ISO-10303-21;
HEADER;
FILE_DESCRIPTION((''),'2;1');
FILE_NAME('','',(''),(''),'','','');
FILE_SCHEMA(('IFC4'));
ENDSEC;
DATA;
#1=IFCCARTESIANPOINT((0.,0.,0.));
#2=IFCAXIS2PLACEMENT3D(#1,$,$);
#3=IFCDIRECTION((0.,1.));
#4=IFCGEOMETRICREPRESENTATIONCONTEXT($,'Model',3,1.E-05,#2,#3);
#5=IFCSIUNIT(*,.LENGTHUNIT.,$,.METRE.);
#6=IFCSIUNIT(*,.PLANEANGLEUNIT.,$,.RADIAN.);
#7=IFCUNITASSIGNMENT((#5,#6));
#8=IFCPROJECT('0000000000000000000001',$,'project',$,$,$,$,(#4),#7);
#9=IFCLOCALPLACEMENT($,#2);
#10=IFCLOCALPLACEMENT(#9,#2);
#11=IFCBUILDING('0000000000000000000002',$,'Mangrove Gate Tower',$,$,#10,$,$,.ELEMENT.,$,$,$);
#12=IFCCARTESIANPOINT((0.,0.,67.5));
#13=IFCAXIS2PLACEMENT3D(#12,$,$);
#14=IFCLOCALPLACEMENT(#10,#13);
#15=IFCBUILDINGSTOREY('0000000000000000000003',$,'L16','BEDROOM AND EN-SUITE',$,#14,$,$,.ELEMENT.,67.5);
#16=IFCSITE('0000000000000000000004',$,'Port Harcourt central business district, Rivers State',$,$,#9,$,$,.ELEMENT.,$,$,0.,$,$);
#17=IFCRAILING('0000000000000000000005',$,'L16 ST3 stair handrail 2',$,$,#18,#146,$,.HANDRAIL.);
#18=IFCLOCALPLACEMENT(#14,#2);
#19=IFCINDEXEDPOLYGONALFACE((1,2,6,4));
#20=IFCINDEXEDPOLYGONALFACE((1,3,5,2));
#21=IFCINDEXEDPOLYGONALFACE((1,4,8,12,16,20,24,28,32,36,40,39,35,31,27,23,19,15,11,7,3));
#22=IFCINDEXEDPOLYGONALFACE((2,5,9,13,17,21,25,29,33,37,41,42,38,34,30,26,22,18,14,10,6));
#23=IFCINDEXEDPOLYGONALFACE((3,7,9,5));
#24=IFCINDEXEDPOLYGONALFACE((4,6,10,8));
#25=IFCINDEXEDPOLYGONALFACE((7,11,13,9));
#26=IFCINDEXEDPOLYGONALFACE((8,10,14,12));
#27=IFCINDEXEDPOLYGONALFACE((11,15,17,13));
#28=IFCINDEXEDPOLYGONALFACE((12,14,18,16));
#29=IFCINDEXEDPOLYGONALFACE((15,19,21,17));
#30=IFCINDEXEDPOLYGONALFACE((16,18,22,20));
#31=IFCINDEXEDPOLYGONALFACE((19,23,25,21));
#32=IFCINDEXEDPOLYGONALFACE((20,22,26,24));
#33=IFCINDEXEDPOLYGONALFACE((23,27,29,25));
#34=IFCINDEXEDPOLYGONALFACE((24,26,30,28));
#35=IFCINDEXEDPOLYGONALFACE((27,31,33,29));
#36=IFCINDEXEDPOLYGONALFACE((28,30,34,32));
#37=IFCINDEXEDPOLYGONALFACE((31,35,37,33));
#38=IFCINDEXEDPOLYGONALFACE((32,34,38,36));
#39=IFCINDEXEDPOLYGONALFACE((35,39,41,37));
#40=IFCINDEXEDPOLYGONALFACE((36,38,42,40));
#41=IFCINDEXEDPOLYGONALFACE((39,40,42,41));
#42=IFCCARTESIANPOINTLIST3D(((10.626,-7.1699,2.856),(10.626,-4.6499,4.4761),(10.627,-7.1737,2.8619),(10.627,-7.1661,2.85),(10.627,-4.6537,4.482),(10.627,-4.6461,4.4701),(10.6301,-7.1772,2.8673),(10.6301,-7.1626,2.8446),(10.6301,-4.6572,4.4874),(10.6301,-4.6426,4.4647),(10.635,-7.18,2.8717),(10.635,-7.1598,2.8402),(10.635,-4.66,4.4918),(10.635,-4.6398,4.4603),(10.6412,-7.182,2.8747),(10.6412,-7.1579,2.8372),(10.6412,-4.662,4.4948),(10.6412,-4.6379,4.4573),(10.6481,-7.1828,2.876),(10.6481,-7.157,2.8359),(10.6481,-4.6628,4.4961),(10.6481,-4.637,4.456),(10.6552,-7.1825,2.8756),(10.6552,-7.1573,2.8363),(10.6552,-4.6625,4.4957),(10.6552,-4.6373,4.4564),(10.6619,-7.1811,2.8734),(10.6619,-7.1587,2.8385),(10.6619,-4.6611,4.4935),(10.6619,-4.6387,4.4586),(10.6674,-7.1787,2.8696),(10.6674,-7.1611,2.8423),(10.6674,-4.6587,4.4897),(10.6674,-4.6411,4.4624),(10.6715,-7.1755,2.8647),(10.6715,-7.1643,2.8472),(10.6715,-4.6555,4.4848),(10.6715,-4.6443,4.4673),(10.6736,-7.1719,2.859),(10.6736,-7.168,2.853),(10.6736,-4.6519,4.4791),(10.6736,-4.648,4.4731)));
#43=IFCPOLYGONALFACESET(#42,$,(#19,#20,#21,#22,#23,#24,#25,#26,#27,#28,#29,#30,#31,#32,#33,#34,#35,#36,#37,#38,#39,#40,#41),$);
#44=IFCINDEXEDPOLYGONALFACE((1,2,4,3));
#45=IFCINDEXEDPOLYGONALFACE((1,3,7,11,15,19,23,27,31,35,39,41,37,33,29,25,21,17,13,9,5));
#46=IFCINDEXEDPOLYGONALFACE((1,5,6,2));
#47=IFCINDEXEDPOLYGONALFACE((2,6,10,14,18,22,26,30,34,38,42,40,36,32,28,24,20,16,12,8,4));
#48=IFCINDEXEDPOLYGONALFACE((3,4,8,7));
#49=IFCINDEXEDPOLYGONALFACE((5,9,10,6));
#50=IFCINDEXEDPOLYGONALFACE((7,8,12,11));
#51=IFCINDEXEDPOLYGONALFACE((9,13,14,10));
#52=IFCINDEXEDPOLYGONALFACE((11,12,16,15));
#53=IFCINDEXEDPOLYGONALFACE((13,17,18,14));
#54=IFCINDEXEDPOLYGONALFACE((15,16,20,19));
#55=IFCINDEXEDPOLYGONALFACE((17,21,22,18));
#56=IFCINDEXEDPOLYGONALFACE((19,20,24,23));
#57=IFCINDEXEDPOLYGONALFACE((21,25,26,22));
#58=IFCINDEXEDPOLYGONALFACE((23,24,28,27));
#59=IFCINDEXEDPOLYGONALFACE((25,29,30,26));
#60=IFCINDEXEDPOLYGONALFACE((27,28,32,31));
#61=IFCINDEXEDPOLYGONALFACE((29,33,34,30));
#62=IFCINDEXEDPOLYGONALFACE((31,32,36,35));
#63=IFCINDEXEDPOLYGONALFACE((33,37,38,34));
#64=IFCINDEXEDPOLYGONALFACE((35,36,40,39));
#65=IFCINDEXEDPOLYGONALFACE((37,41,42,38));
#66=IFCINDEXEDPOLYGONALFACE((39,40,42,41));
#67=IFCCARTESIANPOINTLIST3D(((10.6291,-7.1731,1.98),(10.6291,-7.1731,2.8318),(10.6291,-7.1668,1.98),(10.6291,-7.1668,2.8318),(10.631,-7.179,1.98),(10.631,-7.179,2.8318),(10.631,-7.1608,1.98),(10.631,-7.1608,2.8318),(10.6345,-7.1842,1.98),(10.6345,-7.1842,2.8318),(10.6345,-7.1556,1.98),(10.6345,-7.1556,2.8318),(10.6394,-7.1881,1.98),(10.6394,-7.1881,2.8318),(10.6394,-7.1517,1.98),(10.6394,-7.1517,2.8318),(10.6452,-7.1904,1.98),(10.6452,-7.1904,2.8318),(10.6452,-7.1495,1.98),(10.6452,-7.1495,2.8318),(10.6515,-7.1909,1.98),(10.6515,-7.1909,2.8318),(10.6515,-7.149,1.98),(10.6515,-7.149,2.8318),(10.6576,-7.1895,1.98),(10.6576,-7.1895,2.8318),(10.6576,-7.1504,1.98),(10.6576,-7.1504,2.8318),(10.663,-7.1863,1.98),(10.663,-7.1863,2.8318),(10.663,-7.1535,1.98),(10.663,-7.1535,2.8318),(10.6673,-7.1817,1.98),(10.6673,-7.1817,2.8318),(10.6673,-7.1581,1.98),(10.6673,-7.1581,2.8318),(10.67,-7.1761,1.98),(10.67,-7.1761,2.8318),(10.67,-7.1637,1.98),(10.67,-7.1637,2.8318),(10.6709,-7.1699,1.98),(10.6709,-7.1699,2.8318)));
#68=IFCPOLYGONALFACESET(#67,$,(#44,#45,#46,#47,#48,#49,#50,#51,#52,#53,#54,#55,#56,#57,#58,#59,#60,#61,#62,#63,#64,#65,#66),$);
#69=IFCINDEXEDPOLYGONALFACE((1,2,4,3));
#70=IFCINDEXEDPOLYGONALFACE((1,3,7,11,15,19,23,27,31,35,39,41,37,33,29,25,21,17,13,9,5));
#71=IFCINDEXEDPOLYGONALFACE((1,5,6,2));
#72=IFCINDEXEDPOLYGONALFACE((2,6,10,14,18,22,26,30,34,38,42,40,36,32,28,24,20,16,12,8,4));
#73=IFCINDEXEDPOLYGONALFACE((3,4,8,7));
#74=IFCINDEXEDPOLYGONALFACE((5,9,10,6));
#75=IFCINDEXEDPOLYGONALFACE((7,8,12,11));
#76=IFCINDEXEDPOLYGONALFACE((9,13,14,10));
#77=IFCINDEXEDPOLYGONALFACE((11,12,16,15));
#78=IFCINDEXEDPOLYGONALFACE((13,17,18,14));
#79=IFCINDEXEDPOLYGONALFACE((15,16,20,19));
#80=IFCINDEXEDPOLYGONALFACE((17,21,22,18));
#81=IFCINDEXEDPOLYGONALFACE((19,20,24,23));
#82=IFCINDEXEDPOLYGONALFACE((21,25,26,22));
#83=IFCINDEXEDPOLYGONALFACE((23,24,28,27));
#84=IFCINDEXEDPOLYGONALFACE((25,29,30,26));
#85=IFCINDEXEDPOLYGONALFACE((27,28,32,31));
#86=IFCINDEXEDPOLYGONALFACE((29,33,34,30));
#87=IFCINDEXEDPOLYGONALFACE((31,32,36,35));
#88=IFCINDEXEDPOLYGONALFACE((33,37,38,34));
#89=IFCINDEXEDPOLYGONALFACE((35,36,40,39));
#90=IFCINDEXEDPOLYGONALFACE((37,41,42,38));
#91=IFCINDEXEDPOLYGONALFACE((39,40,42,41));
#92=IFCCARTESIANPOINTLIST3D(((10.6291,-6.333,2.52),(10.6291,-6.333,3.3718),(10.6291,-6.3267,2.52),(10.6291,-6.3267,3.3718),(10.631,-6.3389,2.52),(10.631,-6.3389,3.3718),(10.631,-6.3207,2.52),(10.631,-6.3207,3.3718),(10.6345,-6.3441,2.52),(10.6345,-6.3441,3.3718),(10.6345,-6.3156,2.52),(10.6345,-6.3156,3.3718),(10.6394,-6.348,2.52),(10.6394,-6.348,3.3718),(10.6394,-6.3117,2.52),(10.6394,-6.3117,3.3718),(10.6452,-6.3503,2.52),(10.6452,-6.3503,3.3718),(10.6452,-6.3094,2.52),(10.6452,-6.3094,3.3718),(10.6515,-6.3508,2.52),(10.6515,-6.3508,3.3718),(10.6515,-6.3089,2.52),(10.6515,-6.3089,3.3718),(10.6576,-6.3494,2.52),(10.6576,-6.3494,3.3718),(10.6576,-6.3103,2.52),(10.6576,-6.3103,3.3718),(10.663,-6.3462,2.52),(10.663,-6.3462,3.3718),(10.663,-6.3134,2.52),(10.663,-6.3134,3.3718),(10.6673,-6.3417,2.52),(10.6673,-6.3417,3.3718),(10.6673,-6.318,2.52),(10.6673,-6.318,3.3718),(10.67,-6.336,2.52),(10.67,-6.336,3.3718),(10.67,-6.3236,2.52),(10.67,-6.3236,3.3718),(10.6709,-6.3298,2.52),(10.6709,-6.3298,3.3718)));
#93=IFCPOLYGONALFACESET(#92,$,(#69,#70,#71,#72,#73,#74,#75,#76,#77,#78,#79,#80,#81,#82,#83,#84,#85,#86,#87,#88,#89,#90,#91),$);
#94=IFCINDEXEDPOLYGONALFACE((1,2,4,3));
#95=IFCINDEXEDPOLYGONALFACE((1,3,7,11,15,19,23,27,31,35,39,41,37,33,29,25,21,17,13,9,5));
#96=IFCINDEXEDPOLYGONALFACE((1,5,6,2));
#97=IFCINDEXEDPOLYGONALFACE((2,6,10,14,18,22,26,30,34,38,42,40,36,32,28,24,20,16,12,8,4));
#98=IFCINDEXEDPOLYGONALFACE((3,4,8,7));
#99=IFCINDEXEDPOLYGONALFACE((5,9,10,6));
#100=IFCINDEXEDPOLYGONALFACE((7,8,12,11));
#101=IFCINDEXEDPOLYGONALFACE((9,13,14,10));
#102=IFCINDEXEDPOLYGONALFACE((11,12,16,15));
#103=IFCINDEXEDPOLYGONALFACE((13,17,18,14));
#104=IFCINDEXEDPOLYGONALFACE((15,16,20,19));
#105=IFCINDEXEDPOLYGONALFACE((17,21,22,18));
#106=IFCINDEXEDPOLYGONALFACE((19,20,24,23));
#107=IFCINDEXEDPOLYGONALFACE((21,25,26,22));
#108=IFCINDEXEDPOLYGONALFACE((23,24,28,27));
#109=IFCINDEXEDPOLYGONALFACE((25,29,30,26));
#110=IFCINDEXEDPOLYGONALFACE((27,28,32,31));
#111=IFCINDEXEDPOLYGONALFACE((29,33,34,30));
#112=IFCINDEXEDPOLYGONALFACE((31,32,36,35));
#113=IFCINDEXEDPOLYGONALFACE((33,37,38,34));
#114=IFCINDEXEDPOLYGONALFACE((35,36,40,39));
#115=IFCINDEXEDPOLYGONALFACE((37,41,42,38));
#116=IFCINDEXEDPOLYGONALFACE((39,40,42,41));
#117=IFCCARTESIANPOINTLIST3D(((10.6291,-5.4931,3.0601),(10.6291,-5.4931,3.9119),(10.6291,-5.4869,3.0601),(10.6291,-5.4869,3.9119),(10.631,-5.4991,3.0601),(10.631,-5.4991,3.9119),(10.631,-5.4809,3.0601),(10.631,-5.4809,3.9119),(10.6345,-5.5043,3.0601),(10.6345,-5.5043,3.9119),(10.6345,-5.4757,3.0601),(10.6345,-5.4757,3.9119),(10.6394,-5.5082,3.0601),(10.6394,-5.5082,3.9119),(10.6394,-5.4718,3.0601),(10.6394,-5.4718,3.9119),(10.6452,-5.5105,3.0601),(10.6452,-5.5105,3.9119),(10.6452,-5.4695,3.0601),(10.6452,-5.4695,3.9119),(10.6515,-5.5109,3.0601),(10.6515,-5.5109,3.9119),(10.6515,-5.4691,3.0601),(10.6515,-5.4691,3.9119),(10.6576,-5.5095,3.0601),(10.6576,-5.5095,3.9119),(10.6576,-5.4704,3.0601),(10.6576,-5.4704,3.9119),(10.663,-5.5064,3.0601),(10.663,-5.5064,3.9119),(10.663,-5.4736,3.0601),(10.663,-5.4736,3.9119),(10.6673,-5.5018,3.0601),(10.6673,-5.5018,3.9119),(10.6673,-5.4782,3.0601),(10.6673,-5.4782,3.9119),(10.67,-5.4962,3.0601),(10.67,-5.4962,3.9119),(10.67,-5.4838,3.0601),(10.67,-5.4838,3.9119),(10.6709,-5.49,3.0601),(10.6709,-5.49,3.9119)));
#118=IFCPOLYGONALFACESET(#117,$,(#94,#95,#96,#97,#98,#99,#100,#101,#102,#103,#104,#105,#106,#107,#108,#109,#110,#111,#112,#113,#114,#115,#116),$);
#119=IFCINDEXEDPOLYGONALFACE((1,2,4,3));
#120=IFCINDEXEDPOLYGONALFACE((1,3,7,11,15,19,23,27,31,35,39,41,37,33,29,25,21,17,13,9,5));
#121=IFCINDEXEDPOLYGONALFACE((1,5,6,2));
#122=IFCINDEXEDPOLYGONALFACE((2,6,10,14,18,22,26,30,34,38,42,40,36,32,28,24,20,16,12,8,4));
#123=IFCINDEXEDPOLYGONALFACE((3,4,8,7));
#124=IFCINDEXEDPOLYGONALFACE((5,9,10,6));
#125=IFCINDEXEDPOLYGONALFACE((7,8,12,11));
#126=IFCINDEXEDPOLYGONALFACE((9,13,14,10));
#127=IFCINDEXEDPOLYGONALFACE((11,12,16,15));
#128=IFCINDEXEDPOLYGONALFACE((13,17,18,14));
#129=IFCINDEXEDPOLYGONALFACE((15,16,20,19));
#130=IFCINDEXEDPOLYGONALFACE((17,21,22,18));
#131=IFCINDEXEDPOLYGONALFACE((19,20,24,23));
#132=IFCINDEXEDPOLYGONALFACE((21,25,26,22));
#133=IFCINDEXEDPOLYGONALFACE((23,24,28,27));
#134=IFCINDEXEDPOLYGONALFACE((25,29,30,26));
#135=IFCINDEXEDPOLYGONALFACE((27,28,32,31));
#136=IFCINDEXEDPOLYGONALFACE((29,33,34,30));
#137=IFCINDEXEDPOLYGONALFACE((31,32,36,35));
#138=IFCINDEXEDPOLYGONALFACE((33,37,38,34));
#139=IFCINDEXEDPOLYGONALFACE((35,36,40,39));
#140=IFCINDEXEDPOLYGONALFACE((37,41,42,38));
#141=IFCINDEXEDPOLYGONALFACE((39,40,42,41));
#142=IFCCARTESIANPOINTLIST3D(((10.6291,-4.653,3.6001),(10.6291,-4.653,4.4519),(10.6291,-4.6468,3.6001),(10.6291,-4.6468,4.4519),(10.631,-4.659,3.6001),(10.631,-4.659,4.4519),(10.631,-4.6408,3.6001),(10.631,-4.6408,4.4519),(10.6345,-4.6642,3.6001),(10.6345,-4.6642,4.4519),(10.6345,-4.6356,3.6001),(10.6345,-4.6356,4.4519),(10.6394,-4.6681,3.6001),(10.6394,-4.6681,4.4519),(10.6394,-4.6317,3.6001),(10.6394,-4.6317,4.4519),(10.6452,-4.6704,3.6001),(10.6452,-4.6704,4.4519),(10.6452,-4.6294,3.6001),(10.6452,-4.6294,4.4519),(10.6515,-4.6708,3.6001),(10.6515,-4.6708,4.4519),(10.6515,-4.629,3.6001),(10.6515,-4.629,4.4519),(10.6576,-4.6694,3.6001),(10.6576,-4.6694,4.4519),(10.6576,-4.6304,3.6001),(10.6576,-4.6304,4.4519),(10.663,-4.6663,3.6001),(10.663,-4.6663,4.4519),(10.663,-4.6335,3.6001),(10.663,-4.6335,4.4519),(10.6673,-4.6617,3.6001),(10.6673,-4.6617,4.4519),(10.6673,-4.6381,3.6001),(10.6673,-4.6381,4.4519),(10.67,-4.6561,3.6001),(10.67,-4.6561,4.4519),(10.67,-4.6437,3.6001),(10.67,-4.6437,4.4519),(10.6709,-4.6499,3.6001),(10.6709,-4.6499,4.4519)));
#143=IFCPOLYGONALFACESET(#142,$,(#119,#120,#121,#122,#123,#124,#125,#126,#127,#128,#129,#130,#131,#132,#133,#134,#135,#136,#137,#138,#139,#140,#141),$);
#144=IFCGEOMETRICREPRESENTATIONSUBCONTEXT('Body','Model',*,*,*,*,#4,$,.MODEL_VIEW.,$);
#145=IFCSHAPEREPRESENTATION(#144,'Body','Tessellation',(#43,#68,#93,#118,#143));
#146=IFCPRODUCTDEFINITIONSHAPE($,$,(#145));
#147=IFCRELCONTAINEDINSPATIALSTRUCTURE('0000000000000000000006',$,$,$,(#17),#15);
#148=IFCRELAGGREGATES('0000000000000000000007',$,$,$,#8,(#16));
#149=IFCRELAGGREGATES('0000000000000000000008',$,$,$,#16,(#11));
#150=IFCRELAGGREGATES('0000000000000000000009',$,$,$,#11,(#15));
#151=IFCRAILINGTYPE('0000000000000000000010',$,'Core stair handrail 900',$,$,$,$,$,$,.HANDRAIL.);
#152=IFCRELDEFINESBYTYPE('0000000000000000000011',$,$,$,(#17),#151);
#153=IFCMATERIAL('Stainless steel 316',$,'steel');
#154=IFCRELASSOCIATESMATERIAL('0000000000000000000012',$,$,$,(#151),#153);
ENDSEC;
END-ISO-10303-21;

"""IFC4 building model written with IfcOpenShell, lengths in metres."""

from ifc_helpers import new_model, si_unit, direction, frame, origin, origin_2d, place, context, subcontext, project, spatial, circle, extrude, material, type_object, element, save


model = new_model("IFC4")

# Units and contexts
model_context = context("Model", 3, precision=1e-05, world=origin(), true_north=direction((0.0, 1.0)))
body_context = subcontext(model_context, "Body", "Model", "MODEL_VIEW")
ifc_project = project(units=[si_unit("LENGTHUNIT", "METRE"), si_unit("PLANEANGLEUNIT", "RADIAN")], contexts=[model_context])

# Site, building, storey
site_placement = place(None, origin())
site = spatial("IfcSite", under=ifc_project, at=site_placement, Name="Port Harcourt central business district, Rivers State", CompositionType="ELEMENT", RefElevation=0.0)
building_placement = place(site_placement, origin())
building = spatial("IfcBuilding", under=site, at=building_placement, Name="Mangrove Gate Tower", CompositionType="ELEMENT")
storey_placement = place(building_placement, frame((0.0, 0.0, 67.5)))
storey = spatial("IfcBuildingStorey", under=building, at=storey_placement, Name="L16", Description="BEDROOM AND EN-SUITE", CompositionType="ELEMENT", Elevation=67.5)

# Railing
ifc_material_1 = material(Name="Stainless steel 316", Category="steel")
railing_type_1 = type_object("IfcRailingType", Name="Core stair handrail 900", PredefinedType="HANDRAIL", material=ifc_material_1)
railing_1_placement = place(storey_placement, frame((10.6499, -7.1699, 1.98)))
element("IfcRailing", 1, at=railing_1_placement, inside=storey, type_object=railing_type_1, Name="L16 ST3 stair handrail 2", PredefinedType="HANDRAIL", context=body_context, shape_type="SweptSolid", body=[
    extrude(circle(Radius=0.0239, at=origin_2d()), frame((0.0, 0.0, 0.876), z_axis=(0.0, 0.841163, 0.540782), x_axis=(-1.0, 0.0, 0.0)), (0.0, 0.0, 1.0), 2.9958),
    extrude(circle(Radius=0.021, at=origin_2d()), origin(), (0.0, 0.0, 1.0), 0.8518),
    extrude(circle(Radius=0.021, at=origin_2d()), frame((0.0, 0.8401, 0.54)), (0.0, 0.0, 1.0), 0.8518),
    extrude(circle(Radius=0.021, at=origin_2d()), frame((0.0, 1.6799, 1.0801)), (0.0, 0.0, 1.0), 0.8518),
    extrude(circle(Radius=0.021, at=origin_2d()), frame((0.0, 2.52, 1.6201)), (0.0, 0.0, 1.0), 0.8518),
])

save(model, "model.ifc")
